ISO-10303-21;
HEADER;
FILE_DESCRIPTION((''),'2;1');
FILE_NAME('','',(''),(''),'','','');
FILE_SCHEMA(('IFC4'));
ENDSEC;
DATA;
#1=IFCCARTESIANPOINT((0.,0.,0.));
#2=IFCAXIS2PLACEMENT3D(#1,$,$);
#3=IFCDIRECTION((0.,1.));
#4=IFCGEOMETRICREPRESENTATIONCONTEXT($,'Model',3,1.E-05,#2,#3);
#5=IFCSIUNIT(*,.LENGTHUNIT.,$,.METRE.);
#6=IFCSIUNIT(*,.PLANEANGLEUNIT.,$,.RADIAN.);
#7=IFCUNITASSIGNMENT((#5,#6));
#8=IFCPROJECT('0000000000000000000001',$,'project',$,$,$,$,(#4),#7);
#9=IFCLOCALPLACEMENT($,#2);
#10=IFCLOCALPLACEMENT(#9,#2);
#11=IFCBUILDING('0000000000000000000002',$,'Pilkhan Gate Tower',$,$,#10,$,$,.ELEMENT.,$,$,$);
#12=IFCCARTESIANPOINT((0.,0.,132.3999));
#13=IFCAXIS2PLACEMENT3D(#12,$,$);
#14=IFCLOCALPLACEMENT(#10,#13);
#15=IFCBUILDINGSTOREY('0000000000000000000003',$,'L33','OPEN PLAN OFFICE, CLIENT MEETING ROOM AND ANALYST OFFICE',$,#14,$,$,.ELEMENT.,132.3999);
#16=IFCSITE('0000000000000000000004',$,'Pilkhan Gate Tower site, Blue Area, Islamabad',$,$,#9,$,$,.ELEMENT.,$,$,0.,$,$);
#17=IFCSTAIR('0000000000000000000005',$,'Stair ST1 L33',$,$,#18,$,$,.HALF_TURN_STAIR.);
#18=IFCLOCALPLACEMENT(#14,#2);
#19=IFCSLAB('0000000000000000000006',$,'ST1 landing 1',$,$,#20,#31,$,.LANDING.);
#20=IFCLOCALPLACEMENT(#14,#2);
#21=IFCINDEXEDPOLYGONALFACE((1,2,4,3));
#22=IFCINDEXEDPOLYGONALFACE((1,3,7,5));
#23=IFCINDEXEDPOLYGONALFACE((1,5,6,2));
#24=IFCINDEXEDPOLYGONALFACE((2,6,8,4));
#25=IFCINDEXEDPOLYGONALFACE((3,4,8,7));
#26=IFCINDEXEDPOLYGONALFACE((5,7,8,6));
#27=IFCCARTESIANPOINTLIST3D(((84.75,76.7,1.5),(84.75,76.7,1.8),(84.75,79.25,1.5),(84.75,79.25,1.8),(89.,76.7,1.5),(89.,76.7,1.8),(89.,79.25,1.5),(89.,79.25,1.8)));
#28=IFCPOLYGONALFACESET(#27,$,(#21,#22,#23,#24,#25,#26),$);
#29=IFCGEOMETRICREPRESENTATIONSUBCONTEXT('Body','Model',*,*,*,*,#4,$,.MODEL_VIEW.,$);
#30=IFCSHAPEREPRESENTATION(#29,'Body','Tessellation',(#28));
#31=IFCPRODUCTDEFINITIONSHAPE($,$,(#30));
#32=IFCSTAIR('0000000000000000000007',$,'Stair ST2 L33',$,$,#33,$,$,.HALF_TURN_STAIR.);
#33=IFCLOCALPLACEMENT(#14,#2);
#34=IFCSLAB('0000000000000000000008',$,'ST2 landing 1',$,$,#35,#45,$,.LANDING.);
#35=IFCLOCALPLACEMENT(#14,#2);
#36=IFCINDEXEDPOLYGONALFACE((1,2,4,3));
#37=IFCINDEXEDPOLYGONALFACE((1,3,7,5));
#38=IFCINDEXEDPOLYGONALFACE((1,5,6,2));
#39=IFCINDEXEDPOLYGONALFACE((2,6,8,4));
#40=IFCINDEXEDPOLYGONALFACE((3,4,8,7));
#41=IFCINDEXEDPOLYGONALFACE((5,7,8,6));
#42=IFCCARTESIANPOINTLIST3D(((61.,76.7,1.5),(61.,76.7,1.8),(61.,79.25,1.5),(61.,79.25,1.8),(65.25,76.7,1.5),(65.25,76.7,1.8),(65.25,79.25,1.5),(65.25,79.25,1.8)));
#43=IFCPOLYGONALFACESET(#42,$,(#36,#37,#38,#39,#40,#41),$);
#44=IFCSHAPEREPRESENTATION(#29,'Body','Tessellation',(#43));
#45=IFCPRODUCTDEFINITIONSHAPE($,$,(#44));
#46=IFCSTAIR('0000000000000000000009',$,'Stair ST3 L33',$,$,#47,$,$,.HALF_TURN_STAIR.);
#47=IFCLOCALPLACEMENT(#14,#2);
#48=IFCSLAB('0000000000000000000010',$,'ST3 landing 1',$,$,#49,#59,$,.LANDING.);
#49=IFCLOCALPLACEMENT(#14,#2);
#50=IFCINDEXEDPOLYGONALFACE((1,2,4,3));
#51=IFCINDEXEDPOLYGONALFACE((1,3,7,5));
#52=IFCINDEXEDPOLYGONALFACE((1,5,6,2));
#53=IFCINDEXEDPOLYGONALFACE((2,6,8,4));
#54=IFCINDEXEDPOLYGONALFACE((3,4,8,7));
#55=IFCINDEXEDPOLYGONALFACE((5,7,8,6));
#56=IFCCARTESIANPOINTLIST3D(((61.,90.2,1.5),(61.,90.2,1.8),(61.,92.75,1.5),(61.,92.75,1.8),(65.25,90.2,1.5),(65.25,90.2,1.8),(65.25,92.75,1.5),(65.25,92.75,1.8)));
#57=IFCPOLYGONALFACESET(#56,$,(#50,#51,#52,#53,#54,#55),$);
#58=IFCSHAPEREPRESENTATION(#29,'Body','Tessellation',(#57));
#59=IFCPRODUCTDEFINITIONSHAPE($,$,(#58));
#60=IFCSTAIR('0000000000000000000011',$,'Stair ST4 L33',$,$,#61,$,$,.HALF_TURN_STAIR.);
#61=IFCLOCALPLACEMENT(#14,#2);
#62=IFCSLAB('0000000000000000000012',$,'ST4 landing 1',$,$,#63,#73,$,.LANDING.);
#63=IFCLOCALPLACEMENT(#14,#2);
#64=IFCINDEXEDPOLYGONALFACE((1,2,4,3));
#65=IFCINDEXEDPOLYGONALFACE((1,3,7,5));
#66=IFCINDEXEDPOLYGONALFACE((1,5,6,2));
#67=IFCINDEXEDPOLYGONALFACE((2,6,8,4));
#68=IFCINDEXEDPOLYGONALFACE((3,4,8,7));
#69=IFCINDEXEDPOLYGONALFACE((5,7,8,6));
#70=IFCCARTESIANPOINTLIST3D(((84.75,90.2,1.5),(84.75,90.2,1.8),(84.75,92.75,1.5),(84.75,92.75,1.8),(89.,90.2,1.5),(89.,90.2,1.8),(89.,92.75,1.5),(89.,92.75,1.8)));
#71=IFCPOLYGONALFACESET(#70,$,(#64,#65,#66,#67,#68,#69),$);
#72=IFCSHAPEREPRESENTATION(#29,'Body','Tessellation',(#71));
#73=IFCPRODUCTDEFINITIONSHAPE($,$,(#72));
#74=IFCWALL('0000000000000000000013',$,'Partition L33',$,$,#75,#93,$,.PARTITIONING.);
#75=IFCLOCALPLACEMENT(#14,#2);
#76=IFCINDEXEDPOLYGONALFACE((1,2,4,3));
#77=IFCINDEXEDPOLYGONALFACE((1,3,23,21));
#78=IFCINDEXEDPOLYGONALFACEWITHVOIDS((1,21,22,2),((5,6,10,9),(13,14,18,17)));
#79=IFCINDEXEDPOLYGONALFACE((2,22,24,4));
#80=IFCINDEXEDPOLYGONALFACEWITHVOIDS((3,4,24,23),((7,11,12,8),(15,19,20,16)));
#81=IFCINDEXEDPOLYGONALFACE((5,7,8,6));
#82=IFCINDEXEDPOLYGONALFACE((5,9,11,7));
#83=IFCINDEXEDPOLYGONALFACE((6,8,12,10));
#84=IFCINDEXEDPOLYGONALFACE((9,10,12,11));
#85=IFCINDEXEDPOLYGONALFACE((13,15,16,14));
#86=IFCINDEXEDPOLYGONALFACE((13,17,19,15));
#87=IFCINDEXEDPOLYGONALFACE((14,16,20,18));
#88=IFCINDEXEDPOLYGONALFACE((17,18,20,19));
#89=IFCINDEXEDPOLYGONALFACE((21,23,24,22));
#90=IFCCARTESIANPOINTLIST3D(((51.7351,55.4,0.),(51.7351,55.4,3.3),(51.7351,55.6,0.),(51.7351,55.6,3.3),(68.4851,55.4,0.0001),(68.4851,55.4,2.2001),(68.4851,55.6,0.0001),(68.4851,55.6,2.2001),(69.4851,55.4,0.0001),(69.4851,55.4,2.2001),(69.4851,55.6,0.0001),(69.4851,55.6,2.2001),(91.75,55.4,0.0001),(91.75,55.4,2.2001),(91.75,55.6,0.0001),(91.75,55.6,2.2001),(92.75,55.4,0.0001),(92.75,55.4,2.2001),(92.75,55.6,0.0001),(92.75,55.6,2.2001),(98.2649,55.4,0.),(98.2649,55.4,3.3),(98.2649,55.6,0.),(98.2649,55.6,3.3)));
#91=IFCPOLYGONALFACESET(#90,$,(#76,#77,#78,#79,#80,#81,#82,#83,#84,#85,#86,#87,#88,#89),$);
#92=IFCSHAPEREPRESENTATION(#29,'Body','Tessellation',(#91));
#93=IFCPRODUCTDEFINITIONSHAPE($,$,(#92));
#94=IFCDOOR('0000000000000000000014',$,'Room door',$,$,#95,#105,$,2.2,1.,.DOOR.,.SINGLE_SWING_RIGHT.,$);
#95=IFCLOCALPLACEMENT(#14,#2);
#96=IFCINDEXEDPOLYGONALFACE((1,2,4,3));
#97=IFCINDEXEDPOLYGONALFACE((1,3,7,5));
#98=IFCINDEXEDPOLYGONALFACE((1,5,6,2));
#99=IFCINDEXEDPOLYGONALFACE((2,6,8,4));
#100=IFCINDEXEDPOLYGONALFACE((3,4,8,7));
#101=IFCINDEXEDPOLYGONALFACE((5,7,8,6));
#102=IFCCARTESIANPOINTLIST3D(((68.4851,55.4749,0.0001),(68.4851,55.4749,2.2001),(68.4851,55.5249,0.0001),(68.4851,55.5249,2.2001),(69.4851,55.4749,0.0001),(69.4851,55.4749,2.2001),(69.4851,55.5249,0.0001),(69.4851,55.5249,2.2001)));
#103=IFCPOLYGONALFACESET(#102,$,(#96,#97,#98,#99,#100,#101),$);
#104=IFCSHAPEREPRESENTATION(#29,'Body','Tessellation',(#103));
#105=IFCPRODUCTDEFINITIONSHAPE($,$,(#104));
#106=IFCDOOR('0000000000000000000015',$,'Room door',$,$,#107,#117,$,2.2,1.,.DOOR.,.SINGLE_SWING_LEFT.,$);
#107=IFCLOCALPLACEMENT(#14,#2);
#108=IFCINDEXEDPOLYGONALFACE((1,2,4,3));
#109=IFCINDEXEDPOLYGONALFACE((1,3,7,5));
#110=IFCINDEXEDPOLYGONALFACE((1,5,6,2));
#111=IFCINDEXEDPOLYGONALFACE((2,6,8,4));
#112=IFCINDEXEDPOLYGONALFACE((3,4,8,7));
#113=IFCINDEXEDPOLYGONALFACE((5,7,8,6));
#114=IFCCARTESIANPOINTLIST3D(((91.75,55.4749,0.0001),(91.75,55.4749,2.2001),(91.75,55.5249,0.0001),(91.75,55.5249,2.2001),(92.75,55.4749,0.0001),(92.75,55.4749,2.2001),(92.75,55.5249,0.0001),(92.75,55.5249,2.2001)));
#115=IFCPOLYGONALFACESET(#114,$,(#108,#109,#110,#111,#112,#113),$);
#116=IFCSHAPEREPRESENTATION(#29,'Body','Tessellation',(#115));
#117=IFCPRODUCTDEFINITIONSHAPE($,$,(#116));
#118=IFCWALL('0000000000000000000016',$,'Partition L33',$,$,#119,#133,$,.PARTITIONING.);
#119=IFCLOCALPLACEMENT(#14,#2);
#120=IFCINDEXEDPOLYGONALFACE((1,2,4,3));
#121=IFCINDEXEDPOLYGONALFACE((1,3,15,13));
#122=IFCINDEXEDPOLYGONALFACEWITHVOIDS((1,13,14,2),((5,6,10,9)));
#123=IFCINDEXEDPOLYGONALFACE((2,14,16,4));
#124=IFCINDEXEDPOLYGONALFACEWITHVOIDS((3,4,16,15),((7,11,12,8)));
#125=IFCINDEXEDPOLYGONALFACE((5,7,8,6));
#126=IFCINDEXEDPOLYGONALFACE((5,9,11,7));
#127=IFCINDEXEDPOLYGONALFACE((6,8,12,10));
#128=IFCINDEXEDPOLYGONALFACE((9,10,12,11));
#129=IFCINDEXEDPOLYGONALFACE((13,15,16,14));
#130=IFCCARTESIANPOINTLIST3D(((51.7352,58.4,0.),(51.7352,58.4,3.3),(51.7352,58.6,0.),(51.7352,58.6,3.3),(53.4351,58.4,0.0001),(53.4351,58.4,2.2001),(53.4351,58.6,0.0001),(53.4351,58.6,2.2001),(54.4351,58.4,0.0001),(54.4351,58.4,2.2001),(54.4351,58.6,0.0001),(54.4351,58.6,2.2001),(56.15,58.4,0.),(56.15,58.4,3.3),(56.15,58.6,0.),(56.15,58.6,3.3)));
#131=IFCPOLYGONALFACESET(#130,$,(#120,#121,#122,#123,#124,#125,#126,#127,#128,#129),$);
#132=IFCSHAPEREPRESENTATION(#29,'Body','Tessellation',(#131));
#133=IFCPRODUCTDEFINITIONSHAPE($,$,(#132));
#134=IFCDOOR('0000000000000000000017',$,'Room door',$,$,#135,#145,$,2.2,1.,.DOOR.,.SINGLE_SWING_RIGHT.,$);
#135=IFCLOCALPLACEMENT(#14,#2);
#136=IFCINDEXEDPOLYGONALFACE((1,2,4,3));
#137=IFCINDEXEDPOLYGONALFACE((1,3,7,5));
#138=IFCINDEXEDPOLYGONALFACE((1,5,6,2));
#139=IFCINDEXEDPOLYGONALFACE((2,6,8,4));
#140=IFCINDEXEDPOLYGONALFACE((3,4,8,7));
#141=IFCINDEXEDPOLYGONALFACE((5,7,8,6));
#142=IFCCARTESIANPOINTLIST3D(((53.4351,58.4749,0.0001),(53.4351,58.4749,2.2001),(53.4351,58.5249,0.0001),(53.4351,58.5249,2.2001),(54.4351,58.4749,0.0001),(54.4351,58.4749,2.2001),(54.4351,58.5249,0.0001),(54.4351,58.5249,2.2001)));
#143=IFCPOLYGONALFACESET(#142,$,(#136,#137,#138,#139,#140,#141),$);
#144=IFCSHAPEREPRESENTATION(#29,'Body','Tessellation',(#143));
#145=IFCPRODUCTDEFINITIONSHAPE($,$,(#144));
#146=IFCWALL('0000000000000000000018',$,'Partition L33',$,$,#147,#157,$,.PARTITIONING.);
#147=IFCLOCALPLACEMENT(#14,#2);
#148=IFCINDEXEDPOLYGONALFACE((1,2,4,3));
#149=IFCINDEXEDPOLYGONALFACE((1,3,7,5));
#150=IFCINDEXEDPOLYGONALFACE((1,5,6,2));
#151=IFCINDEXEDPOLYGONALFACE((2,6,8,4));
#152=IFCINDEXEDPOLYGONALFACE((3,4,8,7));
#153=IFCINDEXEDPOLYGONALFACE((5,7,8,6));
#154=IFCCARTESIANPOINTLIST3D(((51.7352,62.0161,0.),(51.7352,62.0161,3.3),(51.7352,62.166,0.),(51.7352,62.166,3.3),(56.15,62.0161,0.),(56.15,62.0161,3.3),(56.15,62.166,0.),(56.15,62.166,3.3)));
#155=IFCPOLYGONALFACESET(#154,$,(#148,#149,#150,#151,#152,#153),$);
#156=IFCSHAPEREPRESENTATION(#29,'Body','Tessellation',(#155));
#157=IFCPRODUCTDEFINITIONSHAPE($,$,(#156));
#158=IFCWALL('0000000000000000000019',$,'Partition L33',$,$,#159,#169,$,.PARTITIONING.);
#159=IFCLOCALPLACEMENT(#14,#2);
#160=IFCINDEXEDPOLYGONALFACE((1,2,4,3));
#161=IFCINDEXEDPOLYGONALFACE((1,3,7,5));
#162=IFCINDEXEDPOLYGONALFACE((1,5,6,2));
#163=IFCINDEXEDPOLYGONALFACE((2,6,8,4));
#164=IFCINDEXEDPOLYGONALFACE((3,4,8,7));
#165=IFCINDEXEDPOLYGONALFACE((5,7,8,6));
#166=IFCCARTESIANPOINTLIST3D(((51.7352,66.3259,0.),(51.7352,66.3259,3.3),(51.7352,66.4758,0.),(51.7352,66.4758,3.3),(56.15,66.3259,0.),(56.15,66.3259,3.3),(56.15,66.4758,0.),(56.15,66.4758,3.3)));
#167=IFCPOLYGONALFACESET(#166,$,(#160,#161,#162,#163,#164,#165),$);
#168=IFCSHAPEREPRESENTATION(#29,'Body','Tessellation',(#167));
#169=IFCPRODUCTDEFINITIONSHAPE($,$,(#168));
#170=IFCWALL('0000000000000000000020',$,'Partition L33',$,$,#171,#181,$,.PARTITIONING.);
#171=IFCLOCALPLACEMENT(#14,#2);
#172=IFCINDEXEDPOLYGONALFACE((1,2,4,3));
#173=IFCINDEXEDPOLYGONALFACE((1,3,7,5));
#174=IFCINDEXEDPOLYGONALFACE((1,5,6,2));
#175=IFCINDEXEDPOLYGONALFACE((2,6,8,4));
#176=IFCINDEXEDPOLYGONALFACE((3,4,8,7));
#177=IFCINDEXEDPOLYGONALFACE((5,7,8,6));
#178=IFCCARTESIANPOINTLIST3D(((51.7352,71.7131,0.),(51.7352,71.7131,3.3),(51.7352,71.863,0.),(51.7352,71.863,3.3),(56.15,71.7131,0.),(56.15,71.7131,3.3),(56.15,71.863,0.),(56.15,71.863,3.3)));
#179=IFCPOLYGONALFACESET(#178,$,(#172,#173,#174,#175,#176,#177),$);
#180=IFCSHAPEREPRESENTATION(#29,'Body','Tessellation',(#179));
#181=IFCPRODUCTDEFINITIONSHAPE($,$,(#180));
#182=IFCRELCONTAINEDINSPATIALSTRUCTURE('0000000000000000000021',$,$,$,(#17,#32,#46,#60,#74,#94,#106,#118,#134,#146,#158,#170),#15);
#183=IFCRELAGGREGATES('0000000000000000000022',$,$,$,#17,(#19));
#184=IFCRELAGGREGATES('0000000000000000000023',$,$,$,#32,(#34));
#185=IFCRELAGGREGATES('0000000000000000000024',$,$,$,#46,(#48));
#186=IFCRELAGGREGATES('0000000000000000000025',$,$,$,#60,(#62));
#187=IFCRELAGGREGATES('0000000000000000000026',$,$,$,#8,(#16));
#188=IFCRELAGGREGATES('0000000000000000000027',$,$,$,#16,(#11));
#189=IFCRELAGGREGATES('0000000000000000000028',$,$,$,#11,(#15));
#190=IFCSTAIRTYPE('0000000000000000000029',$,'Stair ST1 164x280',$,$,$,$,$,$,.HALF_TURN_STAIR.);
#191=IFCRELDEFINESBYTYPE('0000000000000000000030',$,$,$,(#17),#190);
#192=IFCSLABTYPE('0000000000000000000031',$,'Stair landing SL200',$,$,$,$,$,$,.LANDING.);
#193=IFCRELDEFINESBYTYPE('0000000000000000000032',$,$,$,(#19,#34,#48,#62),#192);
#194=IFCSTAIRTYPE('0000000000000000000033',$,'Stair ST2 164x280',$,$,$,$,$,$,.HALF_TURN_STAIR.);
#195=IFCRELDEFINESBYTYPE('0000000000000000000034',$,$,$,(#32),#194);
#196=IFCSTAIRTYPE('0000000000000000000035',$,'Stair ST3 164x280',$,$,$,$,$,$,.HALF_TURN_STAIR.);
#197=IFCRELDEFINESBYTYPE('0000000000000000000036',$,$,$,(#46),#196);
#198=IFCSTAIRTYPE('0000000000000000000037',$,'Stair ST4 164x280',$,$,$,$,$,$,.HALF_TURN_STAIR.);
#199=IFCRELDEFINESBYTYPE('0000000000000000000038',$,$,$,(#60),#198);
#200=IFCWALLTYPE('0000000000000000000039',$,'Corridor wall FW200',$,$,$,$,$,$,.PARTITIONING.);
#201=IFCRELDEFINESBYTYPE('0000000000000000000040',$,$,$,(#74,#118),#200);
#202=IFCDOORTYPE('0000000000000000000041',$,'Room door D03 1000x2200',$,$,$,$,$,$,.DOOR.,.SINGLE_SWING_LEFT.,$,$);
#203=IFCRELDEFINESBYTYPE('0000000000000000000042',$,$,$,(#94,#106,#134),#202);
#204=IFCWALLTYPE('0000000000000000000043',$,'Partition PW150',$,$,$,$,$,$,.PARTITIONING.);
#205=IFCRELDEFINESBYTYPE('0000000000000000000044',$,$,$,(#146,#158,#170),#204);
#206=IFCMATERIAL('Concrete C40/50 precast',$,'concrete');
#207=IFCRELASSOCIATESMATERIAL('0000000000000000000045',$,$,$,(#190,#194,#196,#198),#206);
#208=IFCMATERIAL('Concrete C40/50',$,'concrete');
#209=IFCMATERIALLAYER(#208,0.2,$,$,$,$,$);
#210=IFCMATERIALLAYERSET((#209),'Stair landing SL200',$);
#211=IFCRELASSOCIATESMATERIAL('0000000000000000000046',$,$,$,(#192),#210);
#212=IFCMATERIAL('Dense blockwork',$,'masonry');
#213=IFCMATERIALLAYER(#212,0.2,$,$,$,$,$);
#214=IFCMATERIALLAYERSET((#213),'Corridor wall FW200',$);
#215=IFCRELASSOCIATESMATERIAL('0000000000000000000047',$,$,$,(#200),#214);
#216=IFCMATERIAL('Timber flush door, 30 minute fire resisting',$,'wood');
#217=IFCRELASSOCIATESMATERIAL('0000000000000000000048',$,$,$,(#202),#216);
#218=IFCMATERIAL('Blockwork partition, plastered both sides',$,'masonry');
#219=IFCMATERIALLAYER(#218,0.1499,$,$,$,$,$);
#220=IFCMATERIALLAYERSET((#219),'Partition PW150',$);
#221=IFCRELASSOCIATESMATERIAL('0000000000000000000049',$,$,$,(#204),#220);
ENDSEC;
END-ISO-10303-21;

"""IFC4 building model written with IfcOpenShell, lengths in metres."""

from ifc_helpers import new_model, si_unit, direction, frame, frame_2d, origin, place, context, subcontext, project, spatial, polyline, rectangle, outline, extrude, material, layer, layer_set, type_object, element, fill, aggregate, save


model = new_model("IFC4")

# Units and contexts
model_context = context("Model", 3, precision=1e-05, world=origin(), true_north=direction((0.0, 1.0)))
body_context = subcontext(model_context, "Body", "Model", "MODEL_VIEW")
ifc_project = project(units=[si_unit("LENGTHUNIT", "METRE"), si_unit("PLANEANGLEUNIT", "RADIAN")], contexts=[model_context])

# Site, building, storey
site_placement = place(None, origin())
site = spatial("IfcSite", under=ifc_project, at=site_placement, Name="Pilkhan Gate Tower site, Blue Area, Islamabad", CompositionType="ELEMENT", RefElevation=0.0)
building_placement = place(site_placement, origin())
building = spatial("IfcBuilding", under=site, at=building_placement, Name="Pilkhan Gate Tower", CompositionType="ELEMENT")
storey_placement = place(building_placement, frame((0.0, 0.0, 132.3999)))
storey = spatial("IfcBuildingStorey", under=building, at=storey_placement, Name="L33", Description="OPEN PLAN OFFICE, CLIENT MEETING ROOM AND ANALYST OFFICE", CompositionType="ELEMENT", Elevation=132.3999)

# Shared definitions
ifc_material_1 = material(Name="Concrete C40/50", Category="concrete")

# Stairs, slabs
ifc_material_2 = material(Name="Concrete C40/50 precast", Category="concrete")
stair_type_1 = type_object("IfcStairType", Name="Stair ST1 164x280", PredefinedType="HALF_TURN_STAIR", material=ifc_material_2)
stair_1_placement = place(storey_placement, origin())
stair_1 = element("IfcStair", 1, at=stair_1_placement, inside=storey, type_object=stair_type_1, Name="Stair ST1 L33", PredefinedType="HALF_TURN_STAIR")
ifc_layer_1 = layer(ifc_material_1, 0.2)
ifc_layer_set_1 = layer_set([ifc_layer_1], Name="Stair landing SL200")
slab_type_1 = type_object("IfcSlabType", Name="Stair landing SL200", PredefinedType="LANDING", material=ifc_layer_set_1)
slab_1_placement = place(storey_placement, frame((0.0, 0.0, 1.5)))
slab_1 = element("IfcSlab", 2, at=slab_1_placement, type_object=slab_type_1, Name="ST1 landing 1", PredefinedType="LANDING", context=body_context, shape_type="SweptSolid", body=[
    extrude(outline(polyline([(89.0, 76.7), (89.0, 79.25), (84.75, 79.25), (84.75, 76.7), (89.0, 76.7)])), origin(), (0.0, 0.0, 1.0), 0.3),
])
aggregate(stair_1, [slab_1])
stair_type_2 = type_object("IfcStairType", Name="Stair ST2 164x280", PredefinedType="HALF_TURN_STAIR", material=ifc_material_2)
stair_2_placement = place(storey_placement, origin())
stair_2 = element("IfcStair", 3, at=stair_2_placement, inside=storey, type_object=stair_type_2, Name="Stair ST2 L33", PredefinedType="HALF_TURN_STAIR")
slab_2_placement = place(storey_placement, frame((0.0, 0.0, 1.5)))
slab_2 = element("IfcSlab", 4, at=slab_2_placement, type_object=slab_type_1, Name="ST2 landing 1", PredefinedType="LANDING", context=body_context, shape_type="SweptSolid", body=[
    extrude(outline(polyline([(65.25, 76.7), (65.25, 79.25), (61.0, 79.25), (61.0, 76.7), (65.25, 76.7)])), origin(), (0.0, 0.0, 1.0), 0.3),
])
aggregate(stair_2, [slab_2])
stair_type_3 = type_object("IfcStairType", Name="Stair ST3 164x280", PredefinedType="HALF_TURN_STAIR", material=ifc_material_2)
stair_3_placement = place(storey_placement, origin())
stair_3 = element("IfcStair", 5, at=stair_3_placement, inside=storey, type_object=stair_type_3, Name="Stair ST3 L33", PredefinedType="HALF_TURN_STAIR")
slab_3_placement = place(storey_placement, frame((0.0, 0.0, 1.5)))
slab_3 = element("IfcSlab", 6, at=slab_3_placement, type_object=slab_type_1, Name="ST3 landing 1", PredefinedType="LANDING", context=body_context, shape_type="SweptSolid", body=[
    extrude(outline(polyline([(65.25, 90.2), (65.25, 92.75), (61.0, 92.75), (61.0, 90.2), (65.25, 90.2)])), origin(), (0.0, 0.0, 1.0), 0.3),
])
aggregate(stair_3, [slab_3])
stair_type_4 = type_object("IfcStairType", Name="Stair ST4 164x280", PredefinedType="HALF_TURN_STAIR", material=ifc_material_2)
stair_4_placement = place(storey_placement, origin())
stair_4 = element("IfcStair", 7, at=stair_4_placement, inside=storey, type_object=stair_type_4, Name="Stair ST4 L33", PredefinedType="HALF_TURN_STAIR")
slab_4_placement = place(storey_placement, frame((0.0, 0.0, 1.5)))
slab_4 = element("IfcSlab", 8, at=slab_4_placement, type_object=slab_type_1, Name="ST4 landing 1", PredefinedType="LANDING", context=body_context, shape_type="SweptSolid", body=[
    extrude(outline(polyline([(89.0, 90.2), (89.0, 92.75), (84.75, 92.75), (84.75, 90.2), (89.0, 90.2)])), origin(), (0.0, 0.0, 1.0), 0.3),
])
aggregate(stair_4, [slab_4])

# Wall, openings, doors
ifc_material_3 = material(Name="Dense blockwork", Category="masonry")
ifc_layer_2 = layer(ifc_material_3, 0.2)
ifc_layer_set_2 = layer_set([ifc_layer_2], Name="Corridor wall FW200")
wall_type_1 = type_object("IfcWallType", Name="Corridor wall FW200", PredefinedType="PARTITIONING", material=ifc_layer_set_2)
wall_1_placement = place(storey_placement, frame((51.7351, 55.5, 0.0), z_axis=(0.0, 0.0, 1.0), x_axis=(1.0, 0.0, 0.0)))
wall_1 = element("IfcWall", 9, at=wall_1_placement, inside=storey, type_object=wall_type_1, Name="Partition L33", PredefinedType="PARTITIONING", context=body_context, shape_type="SweptSolid", body=[
    extrude(rectangle(XDim=46.5298, YDim=0.2, at=frame_2d((23.2649, 0.0))), origin(), (0.0, 0.0, 1.0), 3.3),
])
opening_1_placement = place(wall_1_placement, frame((16.75, 0.0, 0.0)))
opening_1 = element("IfcOpeningElement", 10, at=opening_1_placement, cuts=wall_1, PredefinedType="OPENING", context=body_context, shape_type="SweptSolid", body=[
    extrude(rectangle(XDim=1.0, YDim=2.2, at=frame_2d((0.5, 1.1001))), frame((0.0, 0.1099, 0.0), z_axis=(0.0, -1.0, 0.0), x_axis=(1.0, 0.0, 0.0)), (0.0, 0.0, 1.0), 0.22),
])
opening_2_placement = place(wall_1_placement, frame((40.0149, 0.0, 0.0)))
opening_2 = element("IfcOpeningElement", 11, at=opening_2_placement, cuts=wall_1, PredefinedType="OPENING", context=body_context, shape_type="SweptSolid", body=[
    extrude(rectangle(XDim=1.0, YDim=2.2, at=frame_2d((0.5, 1.1001))), frame((0.0, 0.1099, 0.0), z_axis=(0.0, -1.0, 0.0), x_axis=(1.0, 0.0, 0.0)), (0.0, 0.0, 1.0), 0.22),
])
ifc_material_4 = material(Name="Timber flush door, 30 minute fire resisting", Category="wood")
door_type = type_object("IfcDoorType", Name="Room door D03 1000x2200", OperationType="SINGLE_SWING_LEFT", PredefinedType="DOOR", material=ifc_material_4)
door_1_placement = place(opening_1_placement, origin())
door_1 = element("IfcDoor", 12, at=door_1_placement, inside=storey, type_object=door_type, Name="Room door", OperationType="SINGLE_SWING_RIGHT", OverallHeight=2.2, OverallWidth=1.0, PredefinedType="DOOR", context=body_context, shape_type="SweptSolid", body=[
    extrude(rectangle(XDim=1.0, YDim=2.2, at=frame_2d((0.5, 1.1001))), frame((0.0, 0.0249, 0.0), z_axis=(0.0, -1.0, 0.0), x_axis=(1.0, 0.0, 0.0)), (0.0, 0.0, 1.0), 0.05),
])
fill(opening_1, door_1)
door_2_placement = place(opening_2_placement, origin())
door_2 = element("IfcDoor", 13, at=door_2_placement, inside=storey, type_object=door_type, Name="Room door", OperationType="SINGLE_SWING_LEFT", OverallHeight=2.2, OverallWidth=1.0, PredefinedType="DOOR", context=body_context, shape_type="SweptSolid", body=[
    extrude(rectangle(XDim=1.0, YDim=2.2, at=frame_2d((0.5, 1.1001))), frame((0.0, 0.0249, 0.0), z_axis=(0.0, -1.0, 0.0), x_axis=(1.0, 0.0, 0.0)), (0.0, 0.0, 1.0), 0.05),
])
fill(opening_2, door_2)

# Wall, opening, door
wall_2_placement = place(storey_placement, frame((51.7351, 58.5, 0.0), z_axis=(0.0, 0.0, 1.0), x_axis=(1.0, 0.0, 0.0)))
wall_2 = element("IfcWall", 14, at=wall_2_placement, inside=storey, type_object=wall_type_1, Name="Partition L33", PredefinedType="PARTITIONING", context=body_context, shape_type="SweptSolid", body=[
    extrude(rectangle(XDim=4.4148, YDim=0.2, at=frame_2d((2.2075, 0.0))), origin(), (0.0, 0.0, 1.0), 3.3),
])
opening_3_placement = place(wall_2_placement, frame((1.7, 0.0, 0.0)))
opening_3 = element("IfcOpeningElement", 15, at=opening_3_placement, cuts=wall_2, PredefinedType="OPENING", context=body_context, shape_type="SweptSolid", body=[
    extrude(rectangle(XDim=1.0, YDim=2.2, at=frame_2d((0.5, 1.1001))), frame((0.0, 0.1099, 0.0), z_axis=(0.0, -1.0, 0.0), x_axis=(1.0, 0.0, 0.0)), (0.0, 0.0, 1.0), 0.22),
])
door_3_placement = place(opening_3_placement, origin())
door_3 = element("IfcDoor", 16, at=door_3_placement, inside=storey, type_object=door_type, Name="Room door", OperationType="SINGLE_SWING_RIGHT", OverallHeight=2.2, OverallWidth=1.0, PredefinedType="DOOR", context=body_context, shape_type="SweptSolid", body=[
    extrude(rectangle(XDim=1.0, YDim=2.2, at=frame_2d((0.5, 1.1001))), frame((0.0, 0.0249, 0.0), z_axis=(0.0, -1.0, 0.0), x_axis=(1.0, 0.0, 0.0)), (0.0, 0.0, 1.0), 0.05),
])
fill(opening_3, door_3)

# Walls
ifc_material_5 = material(Name="Blockwork partition, plastered both sides", Category="masonry")
ifc_layer_3 = layer(ifc_material_5, 0.1499)
ifc_layer_set_3 = layer_set([ifc_layer_3], Name="Partition PW150")
wall_type_2 = type_object("IfcWallType", Name="Partition PW150", PredefinedType="PARTITIONING", material=ifc_layer_set_3)
for number, where, z_axis, x_axis, name in (
    (17, (51.7351, 62.0911, 0.0), (0.0, 0.0, 1.0), (1.0, 0.0, 0.0), "Partition L33"),
    (18, (51.7351, 66.4009, 0.0), (0.0, 0.0, 1.0), (1.0, 0.0, 0.0), "Partition L33"),
    (19, (51.7351, 71.7881, 0.0), (0.0, 0.0, 1.0), (1.0, 0.0, 0.0), "Partition L33"),
):
    element("IfcWall", number, at=place(storey_placement, frame(where, z_axis=z_axis, x_axis=x_axis)), inside=storey, type_object=wall_type_2, Name=name, PredefinedType="PARTITIONING", context=body_context, shape_type="SweptSolid", body=[
        extrude(rectangle(XDim=4.4148, YDim=0.1499, at=frame_2d((2.2075, 0.0))), origin(), (0.0, 0.0, 1.0), 3.3),
    ])

save(model, "model.ifc")
